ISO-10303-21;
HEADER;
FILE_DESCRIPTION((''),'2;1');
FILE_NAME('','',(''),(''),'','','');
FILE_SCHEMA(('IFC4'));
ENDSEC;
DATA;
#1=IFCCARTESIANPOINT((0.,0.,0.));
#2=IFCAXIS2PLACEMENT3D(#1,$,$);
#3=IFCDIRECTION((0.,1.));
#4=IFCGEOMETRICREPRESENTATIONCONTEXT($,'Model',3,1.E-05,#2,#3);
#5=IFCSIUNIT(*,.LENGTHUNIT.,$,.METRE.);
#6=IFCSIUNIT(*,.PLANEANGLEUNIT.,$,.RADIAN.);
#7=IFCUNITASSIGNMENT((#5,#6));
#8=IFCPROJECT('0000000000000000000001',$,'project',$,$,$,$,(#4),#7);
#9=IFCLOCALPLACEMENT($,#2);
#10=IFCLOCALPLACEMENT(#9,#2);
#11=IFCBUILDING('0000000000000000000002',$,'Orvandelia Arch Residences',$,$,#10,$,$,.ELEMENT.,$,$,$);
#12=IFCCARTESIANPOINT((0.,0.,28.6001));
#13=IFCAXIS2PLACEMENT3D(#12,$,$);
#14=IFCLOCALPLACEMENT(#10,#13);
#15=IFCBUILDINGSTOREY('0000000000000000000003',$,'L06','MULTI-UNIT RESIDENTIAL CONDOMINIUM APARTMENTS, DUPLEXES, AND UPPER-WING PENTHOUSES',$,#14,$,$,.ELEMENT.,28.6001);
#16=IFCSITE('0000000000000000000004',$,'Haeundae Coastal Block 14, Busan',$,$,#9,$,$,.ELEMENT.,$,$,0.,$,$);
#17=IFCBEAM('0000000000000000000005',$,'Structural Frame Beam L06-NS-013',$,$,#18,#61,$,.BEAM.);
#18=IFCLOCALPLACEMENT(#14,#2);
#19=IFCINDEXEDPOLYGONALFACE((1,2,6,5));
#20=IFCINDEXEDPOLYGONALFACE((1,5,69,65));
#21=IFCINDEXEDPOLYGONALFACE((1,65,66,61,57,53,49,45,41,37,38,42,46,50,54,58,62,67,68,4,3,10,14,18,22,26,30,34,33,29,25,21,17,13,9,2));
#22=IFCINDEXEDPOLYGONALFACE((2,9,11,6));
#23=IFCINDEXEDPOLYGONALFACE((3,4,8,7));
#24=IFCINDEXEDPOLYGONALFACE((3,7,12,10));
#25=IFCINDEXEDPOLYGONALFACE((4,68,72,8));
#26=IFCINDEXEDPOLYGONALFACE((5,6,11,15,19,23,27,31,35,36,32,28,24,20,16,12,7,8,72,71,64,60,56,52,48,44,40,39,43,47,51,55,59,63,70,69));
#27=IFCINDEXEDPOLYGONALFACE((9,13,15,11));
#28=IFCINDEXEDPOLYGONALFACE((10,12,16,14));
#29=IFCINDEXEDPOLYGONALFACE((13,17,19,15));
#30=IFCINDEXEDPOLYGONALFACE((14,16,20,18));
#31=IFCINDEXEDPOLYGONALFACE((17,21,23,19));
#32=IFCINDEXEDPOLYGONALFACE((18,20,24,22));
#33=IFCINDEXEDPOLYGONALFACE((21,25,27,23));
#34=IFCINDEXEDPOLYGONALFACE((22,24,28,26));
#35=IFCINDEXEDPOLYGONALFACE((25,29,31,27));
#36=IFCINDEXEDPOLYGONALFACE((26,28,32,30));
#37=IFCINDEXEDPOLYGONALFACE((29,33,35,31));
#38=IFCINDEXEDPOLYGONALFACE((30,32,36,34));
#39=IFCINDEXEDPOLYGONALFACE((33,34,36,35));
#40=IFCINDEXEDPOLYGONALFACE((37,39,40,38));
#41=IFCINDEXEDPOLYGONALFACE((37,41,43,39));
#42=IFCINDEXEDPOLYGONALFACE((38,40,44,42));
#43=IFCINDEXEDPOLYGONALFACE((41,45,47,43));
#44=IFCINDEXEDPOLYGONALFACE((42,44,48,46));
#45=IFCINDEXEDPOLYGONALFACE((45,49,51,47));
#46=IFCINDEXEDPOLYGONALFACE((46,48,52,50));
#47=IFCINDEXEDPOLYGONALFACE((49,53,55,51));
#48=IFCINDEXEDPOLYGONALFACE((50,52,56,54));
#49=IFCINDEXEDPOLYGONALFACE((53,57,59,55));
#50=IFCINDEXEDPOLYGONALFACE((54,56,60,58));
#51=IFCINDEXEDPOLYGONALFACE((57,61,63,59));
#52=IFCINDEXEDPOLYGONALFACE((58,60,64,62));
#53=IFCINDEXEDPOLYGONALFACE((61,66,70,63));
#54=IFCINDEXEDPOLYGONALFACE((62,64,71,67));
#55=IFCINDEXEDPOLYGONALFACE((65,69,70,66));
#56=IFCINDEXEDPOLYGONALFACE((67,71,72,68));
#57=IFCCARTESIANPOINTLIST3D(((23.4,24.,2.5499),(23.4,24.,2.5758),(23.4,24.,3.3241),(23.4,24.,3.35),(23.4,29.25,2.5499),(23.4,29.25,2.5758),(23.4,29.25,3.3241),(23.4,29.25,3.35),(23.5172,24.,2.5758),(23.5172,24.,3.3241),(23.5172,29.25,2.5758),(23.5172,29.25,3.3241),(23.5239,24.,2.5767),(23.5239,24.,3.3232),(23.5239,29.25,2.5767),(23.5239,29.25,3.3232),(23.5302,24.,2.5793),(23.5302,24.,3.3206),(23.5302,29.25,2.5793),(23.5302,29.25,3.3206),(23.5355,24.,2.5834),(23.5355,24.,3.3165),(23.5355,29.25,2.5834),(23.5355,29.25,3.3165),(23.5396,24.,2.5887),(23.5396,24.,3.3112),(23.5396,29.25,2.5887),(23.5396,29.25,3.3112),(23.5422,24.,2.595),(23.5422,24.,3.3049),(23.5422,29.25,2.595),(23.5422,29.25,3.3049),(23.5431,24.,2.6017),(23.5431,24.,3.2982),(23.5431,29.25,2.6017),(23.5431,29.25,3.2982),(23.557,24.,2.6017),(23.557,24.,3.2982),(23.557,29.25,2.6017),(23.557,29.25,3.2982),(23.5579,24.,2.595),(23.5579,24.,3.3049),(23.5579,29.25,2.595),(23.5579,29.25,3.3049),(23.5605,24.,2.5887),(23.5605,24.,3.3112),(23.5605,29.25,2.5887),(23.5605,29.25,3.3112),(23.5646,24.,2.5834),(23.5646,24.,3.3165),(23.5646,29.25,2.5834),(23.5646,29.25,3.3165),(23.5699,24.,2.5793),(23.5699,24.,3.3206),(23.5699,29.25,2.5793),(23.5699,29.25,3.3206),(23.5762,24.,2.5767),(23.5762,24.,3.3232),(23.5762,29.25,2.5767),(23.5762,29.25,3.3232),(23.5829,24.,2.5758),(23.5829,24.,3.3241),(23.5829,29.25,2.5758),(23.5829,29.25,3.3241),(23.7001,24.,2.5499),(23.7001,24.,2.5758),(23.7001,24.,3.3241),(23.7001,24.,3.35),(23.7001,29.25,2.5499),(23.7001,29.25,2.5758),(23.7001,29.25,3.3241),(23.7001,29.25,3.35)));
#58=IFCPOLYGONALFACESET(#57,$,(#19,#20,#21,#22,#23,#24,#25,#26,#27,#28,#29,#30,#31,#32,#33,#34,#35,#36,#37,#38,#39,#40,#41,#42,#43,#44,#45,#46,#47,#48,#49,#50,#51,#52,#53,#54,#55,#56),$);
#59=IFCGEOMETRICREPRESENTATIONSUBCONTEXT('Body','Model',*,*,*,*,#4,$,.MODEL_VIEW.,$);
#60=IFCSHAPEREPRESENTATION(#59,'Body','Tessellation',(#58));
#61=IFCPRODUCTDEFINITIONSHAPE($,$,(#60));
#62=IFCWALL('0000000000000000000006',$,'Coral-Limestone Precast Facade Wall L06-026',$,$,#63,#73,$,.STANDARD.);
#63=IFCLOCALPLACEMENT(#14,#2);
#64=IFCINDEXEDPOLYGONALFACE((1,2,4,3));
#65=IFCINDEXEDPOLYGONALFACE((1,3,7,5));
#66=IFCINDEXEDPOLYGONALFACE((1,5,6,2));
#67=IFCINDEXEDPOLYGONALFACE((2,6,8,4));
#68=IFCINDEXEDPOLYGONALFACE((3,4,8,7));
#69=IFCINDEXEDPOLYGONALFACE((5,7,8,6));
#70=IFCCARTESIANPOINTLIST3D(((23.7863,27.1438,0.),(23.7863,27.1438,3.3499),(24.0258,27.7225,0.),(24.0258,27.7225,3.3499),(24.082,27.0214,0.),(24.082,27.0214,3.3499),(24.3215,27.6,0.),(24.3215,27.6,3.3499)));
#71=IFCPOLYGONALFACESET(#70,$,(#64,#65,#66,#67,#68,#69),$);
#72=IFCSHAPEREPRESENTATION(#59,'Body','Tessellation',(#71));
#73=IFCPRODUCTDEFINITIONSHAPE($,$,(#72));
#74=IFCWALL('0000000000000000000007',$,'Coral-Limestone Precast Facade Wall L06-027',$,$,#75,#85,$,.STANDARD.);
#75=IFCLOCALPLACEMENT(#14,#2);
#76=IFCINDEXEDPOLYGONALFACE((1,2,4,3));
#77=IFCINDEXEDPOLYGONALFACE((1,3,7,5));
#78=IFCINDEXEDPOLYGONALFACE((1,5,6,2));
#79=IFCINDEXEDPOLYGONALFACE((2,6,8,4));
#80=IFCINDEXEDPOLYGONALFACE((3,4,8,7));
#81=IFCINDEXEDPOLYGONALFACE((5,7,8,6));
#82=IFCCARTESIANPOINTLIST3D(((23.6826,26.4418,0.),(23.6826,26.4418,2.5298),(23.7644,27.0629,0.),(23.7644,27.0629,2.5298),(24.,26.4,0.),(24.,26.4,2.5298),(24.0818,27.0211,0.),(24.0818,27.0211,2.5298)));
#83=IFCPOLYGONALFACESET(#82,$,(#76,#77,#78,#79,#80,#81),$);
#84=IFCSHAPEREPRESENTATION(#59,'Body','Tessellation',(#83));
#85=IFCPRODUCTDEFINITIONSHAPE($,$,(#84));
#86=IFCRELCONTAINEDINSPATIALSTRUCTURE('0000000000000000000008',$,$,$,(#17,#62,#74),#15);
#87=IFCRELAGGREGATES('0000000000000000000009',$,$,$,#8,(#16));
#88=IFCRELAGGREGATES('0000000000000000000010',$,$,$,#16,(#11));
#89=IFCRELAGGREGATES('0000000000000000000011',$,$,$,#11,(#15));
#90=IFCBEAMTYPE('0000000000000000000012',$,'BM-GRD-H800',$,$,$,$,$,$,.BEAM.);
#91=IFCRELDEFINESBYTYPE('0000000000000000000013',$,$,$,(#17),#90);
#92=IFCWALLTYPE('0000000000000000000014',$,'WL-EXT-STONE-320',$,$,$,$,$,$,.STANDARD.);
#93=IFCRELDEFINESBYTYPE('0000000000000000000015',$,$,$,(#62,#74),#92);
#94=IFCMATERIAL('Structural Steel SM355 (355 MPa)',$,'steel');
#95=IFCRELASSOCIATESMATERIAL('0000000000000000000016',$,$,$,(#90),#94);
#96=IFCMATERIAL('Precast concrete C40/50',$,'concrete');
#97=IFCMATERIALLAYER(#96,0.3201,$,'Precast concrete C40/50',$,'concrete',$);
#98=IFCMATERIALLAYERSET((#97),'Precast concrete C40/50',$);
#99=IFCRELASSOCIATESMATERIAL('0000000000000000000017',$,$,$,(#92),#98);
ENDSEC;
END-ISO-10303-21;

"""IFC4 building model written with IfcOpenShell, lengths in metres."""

from ifc_helpers import new_model, si_unit, direction, frame, frame_2d, origin, origin_2d, place, context, subcontext, project, spatial, rectangle, i_section, extrude, material, layer, layer_set, material_profile, profile_set, type_object, element, save


model = new_model("IFC4")

# Units and contexts
model_context = context("Model", 3, precision=1e-05, world=origin(), true_north=direction((0.0, 1.0)))
body_context = subcontext(model_context, "Body", "Model", "MODEL_VIEW")
ifc_project = project(units=[si_unit("LENGTHUNIT", "METRE"), si_unit("PLANEANGLEUNIT", "RADIAN")], contexts=[model_context])

# Site, building, storey
site_placement = place(None, origin())
site = spatial("IfcSite", under=ifc_project, at=site_placement, Name="Haeundae Coastal Block 14, Busan", CompositionType="ELEMENT", RefElevation=0.0)
building_placement = place(site_placement, origin())
building = spatial("IfcBuilding", under=site, at=building_placement, Name="Orvandelia Arch Residences", CompositionType="ELEMENT")
storey_placement = place(building_placement, frame((0.0, 0.0, 28.6001)))
storey = spatial("IfcBuildingStorey", under=building, at=storey_placement, Name="L06", Description="MULTI-UNIT RESIDENTIAL CONDOMINIUM APARTMENTS, DUPLEXES, AND UPPER-WING PENTHOUSES", CompositionType="ELEMENT", Elevation=28.6001)

# Beam
ifc_material_1 = material(Name="Structural Steel SM355 (355 MPa)", Category="steel")
ifc_material_profile_1 = material_profile(ifc_material_1, i_section(OverallWidth=0.3, OverallDepth=0.8, WebThickness=0.0139, FlangeThickness=0.0259, FilletRadius=0.0259, at=origin_2d()), Name="Structural Steel SM355 (355 MPa)", Category="steel")
ifc_profile_set_1 = profile_set([ifc_material_profile_1], Name="Structural Steel SM355 (355 MPa)")
beam_type = type_object("IfcBeamType", Name="BM-GRD-H800", PredefinedType="BEAM", material=ifc_profile_set_1)
beam_1_placement = place(storey_placement, frame((23.55, 24.0, 2.95), z_axis=(0.0, 1.0, 0.0), x_axis=(-1.0, 0.0, 0.0)))
element("IfcBeam", 1, at=beam_1_placement, inside=storey, type_object=beam_type, Name="Structural Frame Beam L06-NS-013", PredefinedType="BEAM", context=body_context, shape_type="SweptSolid", body=[
    extrude(i_section(OverallWidth=0.3, OverallDepth=0.8, WebThickness=0.0139, FlangeThickness=0.0259, FilletRadius=0.0259, at=origin_2d()), origin(), (0.0, 0.0, 1.0), 5.25),
])

# Walls
ifc_material_2 = material(Name="Precast concrete C40/50", Category="concrete")
ifc_layer_1 = layer(ifc_material_2, 0.3201, Name="Precast concrete C40/50", Category="concrete")
ifc_layer_set_1 = layer_set([ifc_layer_1], Name="Precast concrete C40/50")
wall_type_1 = type_object("IfcWallType", Name="WL-EXT-STONE-320", PredefinedType="STANDARD", material=ifc_layer_set_1)
wall_1_placement = place(storey_placement, frame((24.1736, 27.6611, 0.0), z_axis=(0.0, 0.0, 1.0), x_axis=(-0.382455, -0.923974, 0.0)))
element("IfcWall", 2, at=wall_1_placement, inside=storey, type_object=wall_type_1, Name="Coral-Limestone Precast Facade Wall L06-026", PredefinedType="STANDARD", context=body_context, shape_type="SweptSolid", body=[
    extrude(rectangle(XDim=0.6262, YDim=0.3201, at=frame_2d((0.313, 0.0))), origin(), (0.0, 0.0, 1.0), 3.3499),
])
wall_2_placement = place(storey_placement, frame((23.9231, 27.042, 0.0), z_axis=(0.0, 0.0, 1.0), x_axis=(-0.130555, -0.991441, 0.0)))
element("IfcWall", 3, at=wall_2_placement, inside=storey, type_object=wall_type_1, Name="Coral-Limestone Precast Facade Wall L06-027", PredefinedType="STANDARD", context=body_context, shape_type="SweptSolid", body=[
    extrude(rectangle(XDim=0.6265, YDim=0.3201, at=frame_2d((0.3132, 0.0))), origin(), (0.0, 0.0, 1.0), 2.5298),
])

save(model, "model.ifc")
